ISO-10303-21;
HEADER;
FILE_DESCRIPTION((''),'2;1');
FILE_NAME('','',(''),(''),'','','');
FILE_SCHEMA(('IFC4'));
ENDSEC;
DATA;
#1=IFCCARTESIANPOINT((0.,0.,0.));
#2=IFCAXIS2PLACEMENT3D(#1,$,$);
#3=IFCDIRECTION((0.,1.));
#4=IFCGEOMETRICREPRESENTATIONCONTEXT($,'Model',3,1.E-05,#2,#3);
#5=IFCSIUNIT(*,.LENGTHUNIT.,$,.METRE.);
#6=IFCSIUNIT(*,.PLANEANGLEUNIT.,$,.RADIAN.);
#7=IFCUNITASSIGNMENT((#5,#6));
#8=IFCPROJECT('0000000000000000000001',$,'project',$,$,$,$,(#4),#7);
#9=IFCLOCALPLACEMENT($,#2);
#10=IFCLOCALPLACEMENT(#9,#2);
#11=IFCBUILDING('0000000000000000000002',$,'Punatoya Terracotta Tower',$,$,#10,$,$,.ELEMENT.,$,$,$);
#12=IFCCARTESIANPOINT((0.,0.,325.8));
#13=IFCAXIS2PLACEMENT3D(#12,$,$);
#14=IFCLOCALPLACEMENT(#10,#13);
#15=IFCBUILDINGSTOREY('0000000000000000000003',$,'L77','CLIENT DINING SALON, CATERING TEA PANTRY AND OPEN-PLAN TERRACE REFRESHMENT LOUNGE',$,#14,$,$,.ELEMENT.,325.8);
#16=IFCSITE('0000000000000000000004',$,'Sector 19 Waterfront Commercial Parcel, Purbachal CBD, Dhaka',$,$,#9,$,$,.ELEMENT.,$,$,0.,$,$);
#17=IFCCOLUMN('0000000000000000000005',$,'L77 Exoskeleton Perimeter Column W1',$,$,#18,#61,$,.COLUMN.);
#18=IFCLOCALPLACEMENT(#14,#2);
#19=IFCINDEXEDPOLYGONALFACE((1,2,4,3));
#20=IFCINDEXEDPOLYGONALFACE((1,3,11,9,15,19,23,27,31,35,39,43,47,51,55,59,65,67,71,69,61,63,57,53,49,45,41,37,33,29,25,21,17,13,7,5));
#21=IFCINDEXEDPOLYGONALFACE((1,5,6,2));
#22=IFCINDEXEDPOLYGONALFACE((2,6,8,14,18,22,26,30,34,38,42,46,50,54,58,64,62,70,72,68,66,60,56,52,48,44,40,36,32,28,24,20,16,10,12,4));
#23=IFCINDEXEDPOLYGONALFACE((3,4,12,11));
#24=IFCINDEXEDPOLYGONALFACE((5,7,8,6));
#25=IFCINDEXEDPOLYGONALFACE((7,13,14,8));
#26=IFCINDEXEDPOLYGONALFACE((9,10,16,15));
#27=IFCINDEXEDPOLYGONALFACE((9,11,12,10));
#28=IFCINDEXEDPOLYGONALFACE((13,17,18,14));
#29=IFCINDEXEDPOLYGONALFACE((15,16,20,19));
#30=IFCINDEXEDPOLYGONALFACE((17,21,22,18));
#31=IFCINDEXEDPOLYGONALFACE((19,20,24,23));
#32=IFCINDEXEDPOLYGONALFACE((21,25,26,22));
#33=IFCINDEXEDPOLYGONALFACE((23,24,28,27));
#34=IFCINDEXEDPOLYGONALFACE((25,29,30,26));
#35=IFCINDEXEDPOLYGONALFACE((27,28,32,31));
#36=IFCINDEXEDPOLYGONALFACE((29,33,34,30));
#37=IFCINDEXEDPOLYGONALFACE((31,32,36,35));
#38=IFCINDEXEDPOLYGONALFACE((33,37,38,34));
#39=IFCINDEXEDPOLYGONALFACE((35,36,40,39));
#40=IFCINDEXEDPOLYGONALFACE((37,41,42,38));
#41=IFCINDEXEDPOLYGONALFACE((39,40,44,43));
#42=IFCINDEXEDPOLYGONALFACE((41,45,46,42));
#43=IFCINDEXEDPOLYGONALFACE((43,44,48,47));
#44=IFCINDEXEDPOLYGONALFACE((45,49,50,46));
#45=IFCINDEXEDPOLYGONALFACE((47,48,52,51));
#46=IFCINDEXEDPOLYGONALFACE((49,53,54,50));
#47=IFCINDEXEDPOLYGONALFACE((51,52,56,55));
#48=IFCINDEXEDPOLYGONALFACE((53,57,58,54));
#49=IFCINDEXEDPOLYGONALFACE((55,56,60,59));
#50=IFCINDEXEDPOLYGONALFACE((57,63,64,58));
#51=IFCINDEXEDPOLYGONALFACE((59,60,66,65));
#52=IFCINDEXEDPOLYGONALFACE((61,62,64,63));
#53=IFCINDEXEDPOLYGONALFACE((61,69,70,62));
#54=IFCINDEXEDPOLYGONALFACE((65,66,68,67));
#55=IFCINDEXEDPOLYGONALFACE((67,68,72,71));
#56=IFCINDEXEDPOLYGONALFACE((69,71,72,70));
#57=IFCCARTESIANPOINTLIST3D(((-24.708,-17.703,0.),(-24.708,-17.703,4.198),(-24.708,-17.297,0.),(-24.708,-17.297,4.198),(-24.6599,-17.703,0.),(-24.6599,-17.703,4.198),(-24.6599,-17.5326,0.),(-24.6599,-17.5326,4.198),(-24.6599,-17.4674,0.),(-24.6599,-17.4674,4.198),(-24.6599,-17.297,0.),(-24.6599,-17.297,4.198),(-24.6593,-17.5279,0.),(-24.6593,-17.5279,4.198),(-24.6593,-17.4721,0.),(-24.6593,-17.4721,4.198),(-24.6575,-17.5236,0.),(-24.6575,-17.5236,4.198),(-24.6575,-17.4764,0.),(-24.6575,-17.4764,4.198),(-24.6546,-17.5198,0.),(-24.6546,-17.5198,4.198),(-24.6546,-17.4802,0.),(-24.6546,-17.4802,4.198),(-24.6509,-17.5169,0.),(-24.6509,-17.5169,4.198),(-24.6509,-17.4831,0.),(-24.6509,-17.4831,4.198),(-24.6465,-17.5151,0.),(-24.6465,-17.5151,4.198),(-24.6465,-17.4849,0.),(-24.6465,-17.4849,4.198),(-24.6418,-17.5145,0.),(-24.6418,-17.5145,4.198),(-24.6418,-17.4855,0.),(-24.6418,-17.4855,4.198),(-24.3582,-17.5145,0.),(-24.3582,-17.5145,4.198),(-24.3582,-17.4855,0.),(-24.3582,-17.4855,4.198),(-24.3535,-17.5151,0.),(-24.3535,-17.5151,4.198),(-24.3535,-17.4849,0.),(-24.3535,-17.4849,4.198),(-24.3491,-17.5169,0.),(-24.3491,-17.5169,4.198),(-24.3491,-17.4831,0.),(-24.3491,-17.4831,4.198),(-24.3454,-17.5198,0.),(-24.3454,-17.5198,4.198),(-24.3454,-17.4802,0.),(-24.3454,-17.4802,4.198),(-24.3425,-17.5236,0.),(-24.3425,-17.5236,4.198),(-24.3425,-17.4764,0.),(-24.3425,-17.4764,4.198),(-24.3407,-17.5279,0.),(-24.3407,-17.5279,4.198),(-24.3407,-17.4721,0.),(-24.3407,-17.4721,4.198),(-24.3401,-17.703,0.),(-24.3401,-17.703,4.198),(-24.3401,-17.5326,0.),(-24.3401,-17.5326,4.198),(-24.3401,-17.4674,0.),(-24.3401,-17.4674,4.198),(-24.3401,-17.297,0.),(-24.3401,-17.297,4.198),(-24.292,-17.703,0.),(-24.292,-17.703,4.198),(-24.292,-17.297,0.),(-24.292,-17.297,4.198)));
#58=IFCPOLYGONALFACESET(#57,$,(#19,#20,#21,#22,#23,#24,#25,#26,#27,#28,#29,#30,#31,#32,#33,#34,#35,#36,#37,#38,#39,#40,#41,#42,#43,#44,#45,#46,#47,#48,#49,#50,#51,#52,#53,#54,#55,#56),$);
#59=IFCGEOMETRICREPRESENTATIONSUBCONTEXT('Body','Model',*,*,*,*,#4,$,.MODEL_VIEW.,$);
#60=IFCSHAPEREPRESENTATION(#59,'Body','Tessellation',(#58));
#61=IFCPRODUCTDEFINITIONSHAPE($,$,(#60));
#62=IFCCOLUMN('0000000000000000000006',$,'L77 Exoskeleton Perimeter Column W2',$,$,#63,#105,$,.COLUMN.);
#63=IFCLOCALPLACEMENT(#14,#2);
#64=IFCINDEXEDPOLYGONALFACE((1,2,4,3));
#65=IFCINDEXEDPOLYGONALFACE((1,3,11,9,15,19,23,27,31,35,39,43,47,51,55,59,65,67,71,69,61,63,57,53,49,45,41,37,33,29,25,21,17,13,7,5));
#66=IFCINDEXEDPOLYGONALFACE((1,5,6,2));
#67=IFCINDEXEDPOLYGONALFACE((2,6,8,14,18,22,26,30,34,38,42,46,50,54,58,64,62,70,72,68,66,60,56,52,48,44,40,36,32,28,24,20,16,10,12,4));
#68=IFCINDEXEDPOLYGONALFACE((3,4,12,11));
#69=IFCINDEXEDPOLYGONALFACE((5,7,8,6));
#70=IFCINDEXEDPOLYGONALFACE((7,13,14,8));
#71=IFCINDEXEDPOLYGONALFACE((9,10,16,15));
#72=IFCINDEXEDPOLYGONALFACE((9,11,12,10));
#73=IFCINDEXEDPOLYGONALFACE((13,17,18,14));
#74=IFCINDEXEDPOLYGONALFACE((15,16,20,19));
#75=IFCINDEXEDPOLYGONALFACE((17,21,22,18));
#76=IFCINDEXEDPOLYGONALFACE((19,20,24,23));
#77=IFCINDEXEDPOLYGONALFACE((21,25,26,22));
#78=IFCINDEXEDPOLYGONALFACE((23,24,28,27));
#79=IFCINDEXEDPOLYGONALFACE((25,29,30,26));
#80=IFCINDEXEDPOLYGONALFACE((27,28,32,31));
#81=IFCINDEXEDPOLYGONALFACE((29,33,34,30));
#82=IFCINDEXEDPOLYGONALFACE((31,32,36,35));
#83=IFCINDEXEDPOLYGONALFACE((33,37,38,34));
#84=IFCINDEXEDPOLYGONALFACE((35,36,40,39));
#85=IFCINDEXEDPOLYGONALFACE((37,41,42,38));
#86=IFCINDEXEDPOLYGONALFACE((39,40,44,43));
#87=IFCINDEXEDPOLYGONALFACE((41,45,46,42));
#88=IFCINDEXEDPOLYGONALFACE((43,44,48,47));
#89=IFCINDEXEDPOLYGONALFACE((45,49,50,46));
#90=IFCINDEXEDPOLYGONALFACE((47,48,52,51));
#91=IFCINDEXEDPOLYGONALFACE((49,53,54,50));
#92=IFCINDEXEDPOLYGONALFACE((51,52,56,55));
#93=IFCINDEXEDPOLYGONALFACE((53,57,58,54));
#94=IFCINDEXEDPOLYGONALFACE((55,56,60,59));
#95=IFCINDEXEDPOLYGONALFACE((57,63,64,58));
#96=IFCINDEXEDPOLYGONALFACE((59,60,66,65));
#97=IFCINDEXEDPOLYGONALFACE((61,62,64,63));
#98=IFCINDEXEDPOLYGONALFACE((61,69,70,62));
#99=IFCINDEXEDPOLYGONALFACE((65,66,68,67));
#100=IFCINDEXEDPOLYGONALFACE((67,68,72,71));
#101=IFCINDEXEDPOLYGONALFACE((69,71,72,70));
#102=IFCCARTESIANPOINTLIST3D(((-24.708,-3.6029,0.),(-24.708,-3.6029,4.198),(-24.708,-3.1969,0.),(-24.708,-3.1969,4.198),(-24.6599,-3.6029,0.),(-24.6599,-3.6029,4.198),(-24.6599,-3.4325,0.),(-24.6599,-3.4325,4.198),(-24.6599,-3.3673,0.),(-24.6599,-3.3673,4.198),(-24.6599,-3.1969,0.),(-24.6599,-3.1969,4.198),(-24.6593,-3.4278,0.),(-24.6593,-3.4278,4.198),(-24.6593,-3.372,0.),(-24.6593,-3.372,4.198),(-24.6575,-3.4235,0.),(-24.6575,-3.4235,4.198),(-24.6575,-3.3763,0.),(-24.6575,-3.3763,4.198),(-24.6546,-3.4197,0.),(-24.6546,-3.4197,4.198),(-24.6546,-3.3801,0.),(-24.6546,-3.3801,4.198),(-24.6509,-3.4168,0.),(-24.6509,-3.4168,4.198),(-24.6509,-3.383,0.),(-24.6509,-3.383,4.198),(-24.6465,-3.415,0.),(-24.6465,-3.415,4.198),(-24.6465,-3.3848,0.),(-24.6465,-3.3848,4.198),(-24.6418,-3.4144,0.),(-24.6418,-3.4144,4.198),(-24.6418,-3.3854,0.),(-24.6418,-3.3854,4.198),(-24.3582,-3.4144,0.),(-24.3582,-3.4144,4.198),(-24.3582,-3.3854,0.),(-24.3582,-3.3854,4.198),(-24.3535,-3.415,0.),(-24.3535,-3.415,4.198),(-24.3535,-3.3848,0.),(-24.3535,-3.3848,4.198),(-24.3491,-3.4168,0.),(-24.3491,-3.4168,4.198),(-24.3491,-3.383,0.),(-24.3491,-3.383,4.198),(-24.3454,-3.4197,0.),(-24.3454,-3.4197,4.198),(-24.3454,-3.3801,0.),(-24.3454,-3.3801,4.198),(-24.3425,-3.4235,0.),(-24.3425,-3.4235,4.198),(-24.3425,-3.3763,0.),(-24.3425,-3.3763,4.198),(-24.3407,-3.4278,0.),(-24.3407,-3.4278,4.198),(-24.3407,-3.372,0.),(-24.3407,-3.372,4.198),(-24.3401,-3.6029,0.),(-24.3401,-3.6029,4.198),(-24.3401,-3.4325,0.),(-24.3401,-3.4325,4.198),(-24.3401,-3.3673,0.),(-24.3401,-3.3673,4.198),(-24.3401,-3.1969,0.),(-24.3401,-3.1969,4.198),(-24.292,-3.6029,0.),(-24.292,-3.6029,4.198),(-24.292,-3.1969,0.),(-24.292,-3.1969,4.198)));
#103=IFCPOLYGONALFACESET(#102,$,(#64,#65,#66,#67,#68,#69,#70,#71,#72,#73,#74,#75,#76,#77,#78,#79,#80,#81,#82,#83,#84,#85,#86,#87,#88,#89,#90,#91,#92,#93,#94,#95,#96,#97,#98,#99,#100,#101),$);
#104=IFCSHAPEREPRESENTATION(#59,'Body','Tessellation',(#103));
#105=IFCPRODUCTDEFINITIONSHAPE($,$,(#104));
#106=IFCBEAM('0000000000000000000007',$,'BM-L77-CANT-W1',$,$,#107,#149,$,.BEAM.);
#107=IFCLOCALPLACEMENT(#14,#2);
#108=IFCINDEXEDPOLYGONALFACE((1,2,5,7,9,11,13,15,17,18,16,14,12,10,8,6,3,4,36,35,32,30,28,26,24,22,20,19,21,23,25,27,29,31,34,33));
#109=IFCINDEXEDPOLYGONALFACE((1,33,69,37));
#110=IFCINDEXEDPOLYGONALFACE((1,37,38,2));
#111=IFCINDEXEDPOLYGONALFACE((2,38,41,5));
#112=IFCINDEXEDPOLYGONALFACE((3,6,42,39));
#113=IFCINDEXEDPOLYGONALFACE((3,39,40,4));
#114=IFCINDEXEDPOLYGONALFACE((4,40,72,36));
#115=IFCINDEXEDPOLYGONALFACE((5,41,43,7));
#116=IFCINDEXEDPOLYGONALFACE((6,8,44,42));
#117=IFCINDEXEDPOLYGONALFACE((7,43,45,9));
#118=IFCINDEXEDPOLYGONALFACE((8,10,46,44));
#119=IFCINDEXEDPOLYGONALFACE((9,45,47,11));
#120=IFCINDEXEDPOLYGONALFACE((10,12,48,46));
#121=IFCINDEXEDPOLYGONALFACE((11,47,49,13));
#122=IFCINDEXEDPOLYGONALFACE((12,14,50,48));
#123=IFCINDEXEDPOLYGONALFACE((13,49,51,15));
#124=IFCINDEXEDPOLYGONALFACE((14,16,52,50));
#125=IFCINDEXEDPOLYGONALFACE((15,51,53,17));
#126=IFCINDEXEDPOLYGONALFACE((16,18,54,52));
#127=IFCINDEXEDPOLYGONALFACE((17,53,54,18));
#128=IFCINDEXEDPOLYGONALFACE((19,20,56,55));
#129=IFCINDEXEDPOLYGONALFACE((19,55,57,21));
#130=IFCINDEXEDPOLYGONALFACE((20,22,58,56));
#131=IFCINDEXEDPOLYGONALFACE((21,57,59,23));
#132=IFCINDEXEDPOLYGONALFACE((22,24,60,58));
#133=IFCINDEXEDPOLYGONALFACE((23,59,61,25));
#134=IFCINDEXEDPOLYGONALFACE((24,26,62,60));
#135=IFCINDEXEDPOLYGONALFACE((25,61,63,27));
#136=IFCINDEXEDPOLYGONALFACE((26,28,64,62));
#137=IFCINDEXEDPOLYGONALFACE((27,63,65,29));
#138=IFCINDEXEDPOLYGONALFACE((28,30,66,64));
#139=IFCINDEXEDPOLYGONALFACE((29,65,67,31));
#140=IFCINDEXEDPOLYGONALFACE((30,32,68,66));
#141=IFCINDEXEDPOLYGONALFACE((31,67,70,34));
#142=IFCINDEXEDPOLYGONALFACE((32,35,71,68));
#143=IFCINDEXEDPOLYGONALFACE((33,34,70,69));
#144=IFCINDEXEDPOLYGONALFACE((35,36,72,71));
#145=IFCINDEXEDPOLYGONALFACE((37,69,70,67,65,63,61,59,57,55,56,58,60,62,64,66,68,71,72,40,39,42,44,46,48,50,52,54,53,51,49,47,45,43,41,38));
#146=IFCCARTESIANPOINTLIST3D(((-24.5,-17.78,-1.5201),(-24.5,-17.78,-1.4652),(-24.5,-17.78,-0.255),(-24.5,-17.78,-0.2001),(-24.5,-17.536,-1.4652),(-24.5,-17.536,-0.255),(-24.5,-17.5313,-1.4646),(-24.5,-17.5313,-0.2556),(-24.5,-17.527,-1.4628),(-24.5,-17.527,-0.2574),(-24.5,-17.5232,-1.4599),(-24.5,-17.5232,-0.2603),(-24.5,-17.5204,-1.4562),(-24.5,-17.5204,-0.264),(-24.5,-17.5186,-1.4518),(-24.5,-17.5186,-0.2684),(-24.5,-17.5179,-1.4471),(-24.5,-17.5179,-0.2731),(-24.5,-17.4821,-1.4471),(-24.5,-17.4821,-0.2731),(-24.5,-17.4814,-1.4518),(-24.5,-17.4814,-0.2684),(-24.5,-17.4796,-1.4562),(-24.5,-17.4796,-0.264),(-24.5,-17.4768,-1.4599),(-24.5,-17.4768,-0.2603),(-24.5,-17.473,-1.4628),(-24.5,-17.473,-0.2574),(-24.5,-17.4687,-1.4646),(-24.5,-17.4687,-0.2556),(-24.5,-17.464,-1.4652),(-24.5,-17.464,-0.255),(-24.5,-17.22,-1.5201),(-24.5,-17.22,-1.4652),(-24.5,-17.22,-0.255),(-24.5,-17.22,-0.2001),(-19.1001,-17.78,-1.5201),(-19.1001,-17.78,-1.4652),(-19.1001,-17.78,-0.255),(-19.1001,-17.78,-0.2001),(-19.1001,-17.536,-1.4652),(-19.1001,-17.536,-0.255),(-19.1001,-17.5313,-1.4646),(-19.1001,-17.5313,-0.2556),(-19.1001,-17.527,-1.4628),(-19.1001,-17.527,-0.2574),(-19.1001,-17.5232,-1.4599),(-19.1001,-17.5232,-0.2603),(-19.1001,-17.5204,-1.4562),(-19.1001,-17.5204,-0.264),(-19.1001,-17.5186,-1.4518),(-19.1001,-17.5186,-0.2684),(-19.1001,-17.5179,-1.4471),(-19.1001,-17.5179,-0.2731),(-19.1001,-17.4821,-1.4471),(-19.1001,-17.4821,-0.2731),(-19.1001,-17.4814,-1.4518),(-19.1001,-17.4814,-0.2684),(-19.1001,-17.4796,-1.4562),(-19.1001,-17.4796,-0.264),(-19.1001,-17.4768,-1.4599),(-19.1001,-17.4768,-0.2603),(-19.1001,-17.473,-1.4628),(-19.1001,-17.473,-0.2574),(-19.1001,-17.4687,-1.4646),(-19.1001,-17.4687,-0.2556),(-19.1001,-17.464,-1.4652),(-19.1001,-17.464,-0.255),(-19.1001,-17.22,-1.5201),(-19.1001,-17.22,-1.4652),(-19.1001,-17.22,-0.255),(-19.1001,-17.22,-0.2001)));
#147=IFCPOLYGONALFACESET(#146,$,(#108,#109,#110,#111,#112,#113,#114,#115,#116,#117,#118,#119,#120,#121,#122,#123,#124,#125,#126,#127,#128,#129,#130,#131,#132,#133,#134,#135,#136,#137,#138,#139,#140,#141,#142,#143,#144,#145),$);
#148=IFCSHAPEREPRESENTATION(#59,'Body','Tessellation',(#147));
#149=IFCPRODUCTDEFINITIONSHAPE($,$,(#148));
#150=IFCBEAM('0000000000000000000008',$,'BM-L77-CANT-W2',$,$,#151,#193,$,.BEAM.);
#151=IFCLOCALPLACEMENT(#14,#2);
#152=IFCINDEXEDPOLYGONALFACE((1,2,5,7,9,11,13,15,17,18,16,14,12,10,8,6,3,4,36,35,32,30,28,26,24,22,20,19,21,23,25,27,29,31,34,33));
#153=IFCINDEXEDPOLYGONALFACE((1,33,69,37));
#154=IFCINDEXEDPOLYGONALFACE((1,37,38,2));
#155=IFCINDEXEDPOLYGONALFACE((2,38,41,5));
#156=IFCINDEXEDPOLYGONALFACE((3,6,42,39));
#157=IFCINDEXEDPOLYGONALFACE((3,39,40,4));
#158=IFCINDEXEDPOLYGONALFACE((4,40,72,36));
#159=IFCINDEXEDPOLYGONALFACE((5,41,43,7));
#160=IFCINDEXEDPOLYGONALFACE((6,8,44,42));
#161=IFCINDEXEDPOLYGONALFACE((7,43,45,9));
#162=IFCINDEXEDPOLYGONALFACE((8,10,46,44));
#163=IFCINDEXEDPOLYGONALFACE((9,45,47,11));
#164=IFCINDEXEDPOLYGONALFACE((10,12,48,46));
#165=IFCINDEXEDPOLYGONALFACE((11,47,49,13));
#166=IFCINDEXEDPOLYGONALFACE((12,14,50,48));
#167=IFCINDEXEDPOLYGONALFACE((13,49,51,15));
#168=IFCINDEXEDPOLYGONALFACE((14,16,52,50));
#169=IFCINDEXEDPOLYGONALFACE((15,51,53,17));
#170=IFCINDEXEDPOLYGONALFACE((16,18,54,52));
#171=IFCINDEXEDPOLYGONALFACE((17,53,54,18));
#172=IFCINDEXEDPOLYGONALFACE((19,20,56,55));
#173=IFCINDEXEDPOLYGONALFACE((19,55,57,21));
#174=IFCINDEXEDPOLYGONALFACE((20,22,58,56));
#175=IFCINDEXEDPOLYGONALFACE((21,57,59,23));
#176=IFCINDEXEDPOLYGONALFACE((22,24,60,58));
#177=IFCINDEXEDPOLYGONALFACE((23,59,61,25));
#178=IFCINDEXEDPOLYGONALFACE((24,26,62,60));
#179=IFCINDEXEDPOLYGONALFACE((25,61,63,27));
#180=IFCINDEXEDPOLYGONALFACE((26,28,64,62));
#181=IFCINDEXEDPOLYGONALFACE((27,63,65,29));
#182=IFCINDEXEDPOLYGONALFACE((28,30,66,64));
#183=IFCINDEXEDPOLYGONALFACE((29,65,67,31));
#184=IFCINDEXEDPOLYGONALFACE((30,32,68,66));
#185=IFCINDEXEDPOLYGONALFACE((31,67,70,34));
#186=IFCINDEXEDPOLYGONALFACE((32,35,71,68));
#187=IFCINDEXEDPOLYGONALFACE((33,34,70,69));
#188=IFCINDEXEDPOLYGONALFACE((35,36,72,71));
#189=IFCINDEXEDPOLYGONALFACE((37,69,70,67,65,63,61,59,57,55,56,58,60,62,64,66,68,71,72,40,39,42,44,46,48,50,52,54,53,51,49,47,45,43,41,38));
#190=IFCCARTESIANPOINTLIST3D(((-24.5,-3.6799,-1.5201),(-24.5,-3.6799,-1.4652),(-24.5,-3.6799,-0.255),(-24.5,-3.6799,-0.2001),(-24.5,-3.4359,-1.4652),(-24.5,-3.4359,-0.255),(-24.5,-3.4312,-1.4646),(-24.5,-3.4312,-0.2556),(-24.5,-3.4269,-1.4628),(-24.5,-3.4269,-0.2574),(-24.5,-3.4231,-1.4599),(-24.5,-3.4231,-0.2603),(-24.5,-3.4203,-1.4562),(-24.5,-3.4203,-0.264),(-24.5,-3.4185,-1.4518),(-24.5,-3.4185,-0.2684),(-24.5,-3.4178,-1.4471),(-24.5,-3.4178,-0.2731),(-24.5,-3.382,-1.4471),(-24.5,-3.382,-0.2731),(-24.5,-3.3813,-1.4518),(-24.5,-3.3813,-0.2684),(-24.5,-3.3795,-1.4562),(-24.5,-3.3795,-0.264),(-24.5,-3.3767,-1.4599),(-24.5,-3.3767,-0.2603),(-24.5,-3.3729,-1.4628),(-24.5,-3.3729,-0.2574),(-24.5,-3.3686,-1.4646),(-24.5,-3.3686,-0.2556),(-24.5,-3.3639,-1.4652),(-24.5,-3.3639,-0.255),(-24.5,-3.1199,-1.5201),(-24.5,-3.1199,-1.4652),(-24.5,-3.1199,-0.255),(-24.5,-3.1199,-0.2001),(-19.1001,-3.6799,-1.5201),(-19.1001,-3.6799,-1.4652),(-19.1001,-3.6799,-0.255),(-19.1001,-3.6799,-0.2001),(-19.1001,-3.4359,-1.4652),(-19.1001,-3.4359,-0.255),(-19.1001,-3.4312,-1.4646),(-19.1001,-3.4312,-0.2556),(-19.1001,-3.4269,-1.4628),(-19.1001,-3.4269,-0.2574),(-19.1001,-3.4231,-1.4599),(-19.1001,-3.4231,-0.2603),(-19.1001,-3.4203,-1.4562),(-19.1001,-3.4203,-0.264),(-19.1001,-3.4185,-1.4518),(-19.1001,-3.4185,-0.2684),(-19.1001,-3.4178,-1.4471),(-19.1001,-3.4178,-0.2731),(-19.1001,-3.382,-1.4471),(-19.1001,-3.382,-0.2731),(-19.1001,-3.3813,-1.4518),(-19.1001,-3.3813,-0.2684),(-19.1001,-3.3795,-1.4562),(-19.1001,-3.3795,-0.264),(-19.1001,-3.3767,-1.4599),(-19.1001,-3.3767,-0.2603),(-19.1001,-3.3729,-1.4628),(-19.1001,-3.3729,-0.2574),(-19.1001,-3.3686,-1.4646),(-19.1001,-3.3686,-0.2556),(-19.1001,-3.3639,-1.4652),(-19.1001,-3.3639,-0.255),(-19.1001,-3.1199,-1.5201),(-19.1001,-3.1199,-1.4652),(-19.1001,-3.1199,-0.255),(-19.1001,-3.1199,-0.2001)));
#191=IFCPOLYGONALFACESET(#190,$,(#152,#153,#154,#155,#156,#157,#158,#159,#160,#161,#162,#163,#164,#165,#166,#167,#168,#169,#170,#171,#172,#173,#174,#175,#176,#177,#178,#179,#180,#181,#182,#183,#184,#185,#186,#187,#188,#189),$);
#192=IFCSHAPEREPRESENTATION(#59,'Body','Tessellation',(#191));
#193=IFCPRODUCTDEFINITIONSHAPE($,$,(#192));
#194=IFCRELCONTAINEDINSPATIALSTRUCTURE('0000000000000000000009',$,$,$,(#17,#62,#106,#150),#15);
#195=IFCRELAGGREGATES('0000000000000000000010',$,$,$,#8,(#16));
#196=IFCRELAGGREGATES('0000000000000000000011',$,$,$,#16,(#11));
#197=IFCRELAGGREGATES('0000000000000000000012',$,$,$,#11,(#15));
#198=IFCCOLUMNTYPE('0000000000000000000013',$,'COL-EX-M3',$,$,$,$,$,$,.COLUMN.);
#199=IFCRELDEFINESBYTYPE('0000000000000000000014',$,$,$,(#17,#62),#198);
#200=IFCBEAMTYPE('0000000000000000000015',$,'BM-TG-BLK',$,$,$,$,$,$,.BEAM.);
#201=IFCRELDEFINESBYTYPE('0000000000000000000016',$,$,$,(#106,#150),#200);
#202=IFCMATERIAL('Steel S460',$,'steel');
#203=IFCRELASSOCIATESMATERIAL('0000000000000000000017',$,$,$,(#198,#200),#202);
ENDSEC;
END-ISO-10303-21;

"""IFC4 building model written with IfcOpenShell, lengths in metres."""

from ifc_helpers import new_model, si_unit, direction, frame, origin, origin_2d, place, context, subcontext, project, spatial, i_section, extrude, material, material_profile, profile_set, type_object, element, save


model = new_model("IFC4")

# Units and contexts
model_context = context("Model", 3, precision=1e-05, world=origin(), true_north=direction((0.0, 1.0)))
body_context = subcontext(model_context, "Body", "Model", "MODEL_VIEW")
ifc_project = project(units=[si_unit("LENGTHUNIT", "METRE"), si_unit("PLANEANGLEUNIT", "RADIAN")], contexts=[model_context])

# Site, building, storey
site_placement = place(None, origin())
site = spatial("IfcSite", under=ifc_project, at=site_placement, Name="Sector 19 Waterfront Commercial Parcel, Purbachal CBD, Dhaka", CompositionType="ELEMENT", RefElevation=0.0)
building_placement = place(site_placement, origin())
building = spatial("IfcBuilding", under=site, at=building_placement, Name="Punatoya Terracotta Tower", CompositionType="ELEMENT")
storey_placement = place(building_placement, frame((0.0, 0.0, 325.8)))
storey = spatial("IfcBuildingStorey", under=building, at=storey_placement, Name="L77", Description="CLIENT DINING SALON, CATERING TEA PANTRY AND OPEN-PLAN TERRACE REFRESHMENT LOUNGE", CompositionType="ELEMENT", Elevation=325.8)

# Columns
ifc_material_1 = material(Name="Steel S460", Category="steel")
ifc_material_profile_1 = material_profile(ifc_material_1, i_section(OverallWidth=0.406, OverallDepth=0.416, WebThickness=0.0291, FlangeThickness=0.0481, FilletRadius=0.0181, at=origin_2d()))
ifc_profile_set_1 = profile_set([ifc_material_profile_1], Name="Steel S460")
column_type = type_object("IfcColumnType", Name="COL-EX-M3", PredefinedType="COLUMN", material=ifc_profile_set_1)
for number, where, z_axis, x_axis, name in (
    (1, (-24.5, -17.5, 0.0), (0.0, 0.0, 1.0), (0.0, 1.0, 0.0), "L77 Exoskeleton Perimeter Column W1"),
    (2, (-24.5, -3.3999, 0.0), (0.0, 0.0, 1.0), (0.0, 1.0, 0.0), "L77 Exoskeleton Perimeter Column W2"),
):
    element("IfcColumn", number, at=place(storey_placement, frame(where, z_axis=z_axis, x_axis=x_axis)), inside=storey, type_object=column_type, Name=name, PredefinedType="COLUMN", context=body_context, shape_type="SweptSolid", body=[
        extrude(i_section(OverallWidth=0.406, OverallDepth=0.416, WebThickness=0.0291, FlangeThickness=0.0481, FilletRadius=0.0181, at=origin_2d()), origin(), (0.0, 0.0, 1.0), 4.198),
    ])

# Beams
ifc_material_profile_2 = material_profile(ifc_material_1, i_section(OverallWidth=0.5601, OverallDepth=1.3201, WebThickness=0.0359, FlangeThickness=0.0549, FilletRadius=0.0181, at=origin_2d()))
ifc_profile_set_2 = profile_set([ifc_material_profile_2], Name="Steel S460")
beam_type_1 = type_object("IfcBeamType", Name="BM-TG-BLK", PredefinedType="BEAM", material=ifc_profile_set_2)
for number, where, z_axis, x_axis, name in (
    (3, (-24.5, -17.5, -0.8601), (1.0, 0.0, 0.0), (0.0, 1.0, 0.0), "BM-L77-CANT-W1"),
    (4, (-24.5, -3.3999, -0.8601), (1.0, 0.0, 0.0), (0.0, 1.0, 0.0), "BM-L77-CANT-W2"),
):
    element("IfcBeam", number, at=place(storey_placement, frame(where, z_axis=z_axis, x_axis=x_axis)), inside=storey, type_object=beam_type_1, Name=name, PredefinedType="BEAM", context=body_context, shape_type="SweptSolid", body=[
        extrude(i_section(OverallWidth=0.5601, OverallDepth=1.3201, WebThickness=0.0359, FlangeThickness=0.0549, FilletRadius=0.0181, at=origin_2d()), origin(), (0.0, 0.0, 1.0), 5.3999),
    ])

save(model, "model.ifc")
